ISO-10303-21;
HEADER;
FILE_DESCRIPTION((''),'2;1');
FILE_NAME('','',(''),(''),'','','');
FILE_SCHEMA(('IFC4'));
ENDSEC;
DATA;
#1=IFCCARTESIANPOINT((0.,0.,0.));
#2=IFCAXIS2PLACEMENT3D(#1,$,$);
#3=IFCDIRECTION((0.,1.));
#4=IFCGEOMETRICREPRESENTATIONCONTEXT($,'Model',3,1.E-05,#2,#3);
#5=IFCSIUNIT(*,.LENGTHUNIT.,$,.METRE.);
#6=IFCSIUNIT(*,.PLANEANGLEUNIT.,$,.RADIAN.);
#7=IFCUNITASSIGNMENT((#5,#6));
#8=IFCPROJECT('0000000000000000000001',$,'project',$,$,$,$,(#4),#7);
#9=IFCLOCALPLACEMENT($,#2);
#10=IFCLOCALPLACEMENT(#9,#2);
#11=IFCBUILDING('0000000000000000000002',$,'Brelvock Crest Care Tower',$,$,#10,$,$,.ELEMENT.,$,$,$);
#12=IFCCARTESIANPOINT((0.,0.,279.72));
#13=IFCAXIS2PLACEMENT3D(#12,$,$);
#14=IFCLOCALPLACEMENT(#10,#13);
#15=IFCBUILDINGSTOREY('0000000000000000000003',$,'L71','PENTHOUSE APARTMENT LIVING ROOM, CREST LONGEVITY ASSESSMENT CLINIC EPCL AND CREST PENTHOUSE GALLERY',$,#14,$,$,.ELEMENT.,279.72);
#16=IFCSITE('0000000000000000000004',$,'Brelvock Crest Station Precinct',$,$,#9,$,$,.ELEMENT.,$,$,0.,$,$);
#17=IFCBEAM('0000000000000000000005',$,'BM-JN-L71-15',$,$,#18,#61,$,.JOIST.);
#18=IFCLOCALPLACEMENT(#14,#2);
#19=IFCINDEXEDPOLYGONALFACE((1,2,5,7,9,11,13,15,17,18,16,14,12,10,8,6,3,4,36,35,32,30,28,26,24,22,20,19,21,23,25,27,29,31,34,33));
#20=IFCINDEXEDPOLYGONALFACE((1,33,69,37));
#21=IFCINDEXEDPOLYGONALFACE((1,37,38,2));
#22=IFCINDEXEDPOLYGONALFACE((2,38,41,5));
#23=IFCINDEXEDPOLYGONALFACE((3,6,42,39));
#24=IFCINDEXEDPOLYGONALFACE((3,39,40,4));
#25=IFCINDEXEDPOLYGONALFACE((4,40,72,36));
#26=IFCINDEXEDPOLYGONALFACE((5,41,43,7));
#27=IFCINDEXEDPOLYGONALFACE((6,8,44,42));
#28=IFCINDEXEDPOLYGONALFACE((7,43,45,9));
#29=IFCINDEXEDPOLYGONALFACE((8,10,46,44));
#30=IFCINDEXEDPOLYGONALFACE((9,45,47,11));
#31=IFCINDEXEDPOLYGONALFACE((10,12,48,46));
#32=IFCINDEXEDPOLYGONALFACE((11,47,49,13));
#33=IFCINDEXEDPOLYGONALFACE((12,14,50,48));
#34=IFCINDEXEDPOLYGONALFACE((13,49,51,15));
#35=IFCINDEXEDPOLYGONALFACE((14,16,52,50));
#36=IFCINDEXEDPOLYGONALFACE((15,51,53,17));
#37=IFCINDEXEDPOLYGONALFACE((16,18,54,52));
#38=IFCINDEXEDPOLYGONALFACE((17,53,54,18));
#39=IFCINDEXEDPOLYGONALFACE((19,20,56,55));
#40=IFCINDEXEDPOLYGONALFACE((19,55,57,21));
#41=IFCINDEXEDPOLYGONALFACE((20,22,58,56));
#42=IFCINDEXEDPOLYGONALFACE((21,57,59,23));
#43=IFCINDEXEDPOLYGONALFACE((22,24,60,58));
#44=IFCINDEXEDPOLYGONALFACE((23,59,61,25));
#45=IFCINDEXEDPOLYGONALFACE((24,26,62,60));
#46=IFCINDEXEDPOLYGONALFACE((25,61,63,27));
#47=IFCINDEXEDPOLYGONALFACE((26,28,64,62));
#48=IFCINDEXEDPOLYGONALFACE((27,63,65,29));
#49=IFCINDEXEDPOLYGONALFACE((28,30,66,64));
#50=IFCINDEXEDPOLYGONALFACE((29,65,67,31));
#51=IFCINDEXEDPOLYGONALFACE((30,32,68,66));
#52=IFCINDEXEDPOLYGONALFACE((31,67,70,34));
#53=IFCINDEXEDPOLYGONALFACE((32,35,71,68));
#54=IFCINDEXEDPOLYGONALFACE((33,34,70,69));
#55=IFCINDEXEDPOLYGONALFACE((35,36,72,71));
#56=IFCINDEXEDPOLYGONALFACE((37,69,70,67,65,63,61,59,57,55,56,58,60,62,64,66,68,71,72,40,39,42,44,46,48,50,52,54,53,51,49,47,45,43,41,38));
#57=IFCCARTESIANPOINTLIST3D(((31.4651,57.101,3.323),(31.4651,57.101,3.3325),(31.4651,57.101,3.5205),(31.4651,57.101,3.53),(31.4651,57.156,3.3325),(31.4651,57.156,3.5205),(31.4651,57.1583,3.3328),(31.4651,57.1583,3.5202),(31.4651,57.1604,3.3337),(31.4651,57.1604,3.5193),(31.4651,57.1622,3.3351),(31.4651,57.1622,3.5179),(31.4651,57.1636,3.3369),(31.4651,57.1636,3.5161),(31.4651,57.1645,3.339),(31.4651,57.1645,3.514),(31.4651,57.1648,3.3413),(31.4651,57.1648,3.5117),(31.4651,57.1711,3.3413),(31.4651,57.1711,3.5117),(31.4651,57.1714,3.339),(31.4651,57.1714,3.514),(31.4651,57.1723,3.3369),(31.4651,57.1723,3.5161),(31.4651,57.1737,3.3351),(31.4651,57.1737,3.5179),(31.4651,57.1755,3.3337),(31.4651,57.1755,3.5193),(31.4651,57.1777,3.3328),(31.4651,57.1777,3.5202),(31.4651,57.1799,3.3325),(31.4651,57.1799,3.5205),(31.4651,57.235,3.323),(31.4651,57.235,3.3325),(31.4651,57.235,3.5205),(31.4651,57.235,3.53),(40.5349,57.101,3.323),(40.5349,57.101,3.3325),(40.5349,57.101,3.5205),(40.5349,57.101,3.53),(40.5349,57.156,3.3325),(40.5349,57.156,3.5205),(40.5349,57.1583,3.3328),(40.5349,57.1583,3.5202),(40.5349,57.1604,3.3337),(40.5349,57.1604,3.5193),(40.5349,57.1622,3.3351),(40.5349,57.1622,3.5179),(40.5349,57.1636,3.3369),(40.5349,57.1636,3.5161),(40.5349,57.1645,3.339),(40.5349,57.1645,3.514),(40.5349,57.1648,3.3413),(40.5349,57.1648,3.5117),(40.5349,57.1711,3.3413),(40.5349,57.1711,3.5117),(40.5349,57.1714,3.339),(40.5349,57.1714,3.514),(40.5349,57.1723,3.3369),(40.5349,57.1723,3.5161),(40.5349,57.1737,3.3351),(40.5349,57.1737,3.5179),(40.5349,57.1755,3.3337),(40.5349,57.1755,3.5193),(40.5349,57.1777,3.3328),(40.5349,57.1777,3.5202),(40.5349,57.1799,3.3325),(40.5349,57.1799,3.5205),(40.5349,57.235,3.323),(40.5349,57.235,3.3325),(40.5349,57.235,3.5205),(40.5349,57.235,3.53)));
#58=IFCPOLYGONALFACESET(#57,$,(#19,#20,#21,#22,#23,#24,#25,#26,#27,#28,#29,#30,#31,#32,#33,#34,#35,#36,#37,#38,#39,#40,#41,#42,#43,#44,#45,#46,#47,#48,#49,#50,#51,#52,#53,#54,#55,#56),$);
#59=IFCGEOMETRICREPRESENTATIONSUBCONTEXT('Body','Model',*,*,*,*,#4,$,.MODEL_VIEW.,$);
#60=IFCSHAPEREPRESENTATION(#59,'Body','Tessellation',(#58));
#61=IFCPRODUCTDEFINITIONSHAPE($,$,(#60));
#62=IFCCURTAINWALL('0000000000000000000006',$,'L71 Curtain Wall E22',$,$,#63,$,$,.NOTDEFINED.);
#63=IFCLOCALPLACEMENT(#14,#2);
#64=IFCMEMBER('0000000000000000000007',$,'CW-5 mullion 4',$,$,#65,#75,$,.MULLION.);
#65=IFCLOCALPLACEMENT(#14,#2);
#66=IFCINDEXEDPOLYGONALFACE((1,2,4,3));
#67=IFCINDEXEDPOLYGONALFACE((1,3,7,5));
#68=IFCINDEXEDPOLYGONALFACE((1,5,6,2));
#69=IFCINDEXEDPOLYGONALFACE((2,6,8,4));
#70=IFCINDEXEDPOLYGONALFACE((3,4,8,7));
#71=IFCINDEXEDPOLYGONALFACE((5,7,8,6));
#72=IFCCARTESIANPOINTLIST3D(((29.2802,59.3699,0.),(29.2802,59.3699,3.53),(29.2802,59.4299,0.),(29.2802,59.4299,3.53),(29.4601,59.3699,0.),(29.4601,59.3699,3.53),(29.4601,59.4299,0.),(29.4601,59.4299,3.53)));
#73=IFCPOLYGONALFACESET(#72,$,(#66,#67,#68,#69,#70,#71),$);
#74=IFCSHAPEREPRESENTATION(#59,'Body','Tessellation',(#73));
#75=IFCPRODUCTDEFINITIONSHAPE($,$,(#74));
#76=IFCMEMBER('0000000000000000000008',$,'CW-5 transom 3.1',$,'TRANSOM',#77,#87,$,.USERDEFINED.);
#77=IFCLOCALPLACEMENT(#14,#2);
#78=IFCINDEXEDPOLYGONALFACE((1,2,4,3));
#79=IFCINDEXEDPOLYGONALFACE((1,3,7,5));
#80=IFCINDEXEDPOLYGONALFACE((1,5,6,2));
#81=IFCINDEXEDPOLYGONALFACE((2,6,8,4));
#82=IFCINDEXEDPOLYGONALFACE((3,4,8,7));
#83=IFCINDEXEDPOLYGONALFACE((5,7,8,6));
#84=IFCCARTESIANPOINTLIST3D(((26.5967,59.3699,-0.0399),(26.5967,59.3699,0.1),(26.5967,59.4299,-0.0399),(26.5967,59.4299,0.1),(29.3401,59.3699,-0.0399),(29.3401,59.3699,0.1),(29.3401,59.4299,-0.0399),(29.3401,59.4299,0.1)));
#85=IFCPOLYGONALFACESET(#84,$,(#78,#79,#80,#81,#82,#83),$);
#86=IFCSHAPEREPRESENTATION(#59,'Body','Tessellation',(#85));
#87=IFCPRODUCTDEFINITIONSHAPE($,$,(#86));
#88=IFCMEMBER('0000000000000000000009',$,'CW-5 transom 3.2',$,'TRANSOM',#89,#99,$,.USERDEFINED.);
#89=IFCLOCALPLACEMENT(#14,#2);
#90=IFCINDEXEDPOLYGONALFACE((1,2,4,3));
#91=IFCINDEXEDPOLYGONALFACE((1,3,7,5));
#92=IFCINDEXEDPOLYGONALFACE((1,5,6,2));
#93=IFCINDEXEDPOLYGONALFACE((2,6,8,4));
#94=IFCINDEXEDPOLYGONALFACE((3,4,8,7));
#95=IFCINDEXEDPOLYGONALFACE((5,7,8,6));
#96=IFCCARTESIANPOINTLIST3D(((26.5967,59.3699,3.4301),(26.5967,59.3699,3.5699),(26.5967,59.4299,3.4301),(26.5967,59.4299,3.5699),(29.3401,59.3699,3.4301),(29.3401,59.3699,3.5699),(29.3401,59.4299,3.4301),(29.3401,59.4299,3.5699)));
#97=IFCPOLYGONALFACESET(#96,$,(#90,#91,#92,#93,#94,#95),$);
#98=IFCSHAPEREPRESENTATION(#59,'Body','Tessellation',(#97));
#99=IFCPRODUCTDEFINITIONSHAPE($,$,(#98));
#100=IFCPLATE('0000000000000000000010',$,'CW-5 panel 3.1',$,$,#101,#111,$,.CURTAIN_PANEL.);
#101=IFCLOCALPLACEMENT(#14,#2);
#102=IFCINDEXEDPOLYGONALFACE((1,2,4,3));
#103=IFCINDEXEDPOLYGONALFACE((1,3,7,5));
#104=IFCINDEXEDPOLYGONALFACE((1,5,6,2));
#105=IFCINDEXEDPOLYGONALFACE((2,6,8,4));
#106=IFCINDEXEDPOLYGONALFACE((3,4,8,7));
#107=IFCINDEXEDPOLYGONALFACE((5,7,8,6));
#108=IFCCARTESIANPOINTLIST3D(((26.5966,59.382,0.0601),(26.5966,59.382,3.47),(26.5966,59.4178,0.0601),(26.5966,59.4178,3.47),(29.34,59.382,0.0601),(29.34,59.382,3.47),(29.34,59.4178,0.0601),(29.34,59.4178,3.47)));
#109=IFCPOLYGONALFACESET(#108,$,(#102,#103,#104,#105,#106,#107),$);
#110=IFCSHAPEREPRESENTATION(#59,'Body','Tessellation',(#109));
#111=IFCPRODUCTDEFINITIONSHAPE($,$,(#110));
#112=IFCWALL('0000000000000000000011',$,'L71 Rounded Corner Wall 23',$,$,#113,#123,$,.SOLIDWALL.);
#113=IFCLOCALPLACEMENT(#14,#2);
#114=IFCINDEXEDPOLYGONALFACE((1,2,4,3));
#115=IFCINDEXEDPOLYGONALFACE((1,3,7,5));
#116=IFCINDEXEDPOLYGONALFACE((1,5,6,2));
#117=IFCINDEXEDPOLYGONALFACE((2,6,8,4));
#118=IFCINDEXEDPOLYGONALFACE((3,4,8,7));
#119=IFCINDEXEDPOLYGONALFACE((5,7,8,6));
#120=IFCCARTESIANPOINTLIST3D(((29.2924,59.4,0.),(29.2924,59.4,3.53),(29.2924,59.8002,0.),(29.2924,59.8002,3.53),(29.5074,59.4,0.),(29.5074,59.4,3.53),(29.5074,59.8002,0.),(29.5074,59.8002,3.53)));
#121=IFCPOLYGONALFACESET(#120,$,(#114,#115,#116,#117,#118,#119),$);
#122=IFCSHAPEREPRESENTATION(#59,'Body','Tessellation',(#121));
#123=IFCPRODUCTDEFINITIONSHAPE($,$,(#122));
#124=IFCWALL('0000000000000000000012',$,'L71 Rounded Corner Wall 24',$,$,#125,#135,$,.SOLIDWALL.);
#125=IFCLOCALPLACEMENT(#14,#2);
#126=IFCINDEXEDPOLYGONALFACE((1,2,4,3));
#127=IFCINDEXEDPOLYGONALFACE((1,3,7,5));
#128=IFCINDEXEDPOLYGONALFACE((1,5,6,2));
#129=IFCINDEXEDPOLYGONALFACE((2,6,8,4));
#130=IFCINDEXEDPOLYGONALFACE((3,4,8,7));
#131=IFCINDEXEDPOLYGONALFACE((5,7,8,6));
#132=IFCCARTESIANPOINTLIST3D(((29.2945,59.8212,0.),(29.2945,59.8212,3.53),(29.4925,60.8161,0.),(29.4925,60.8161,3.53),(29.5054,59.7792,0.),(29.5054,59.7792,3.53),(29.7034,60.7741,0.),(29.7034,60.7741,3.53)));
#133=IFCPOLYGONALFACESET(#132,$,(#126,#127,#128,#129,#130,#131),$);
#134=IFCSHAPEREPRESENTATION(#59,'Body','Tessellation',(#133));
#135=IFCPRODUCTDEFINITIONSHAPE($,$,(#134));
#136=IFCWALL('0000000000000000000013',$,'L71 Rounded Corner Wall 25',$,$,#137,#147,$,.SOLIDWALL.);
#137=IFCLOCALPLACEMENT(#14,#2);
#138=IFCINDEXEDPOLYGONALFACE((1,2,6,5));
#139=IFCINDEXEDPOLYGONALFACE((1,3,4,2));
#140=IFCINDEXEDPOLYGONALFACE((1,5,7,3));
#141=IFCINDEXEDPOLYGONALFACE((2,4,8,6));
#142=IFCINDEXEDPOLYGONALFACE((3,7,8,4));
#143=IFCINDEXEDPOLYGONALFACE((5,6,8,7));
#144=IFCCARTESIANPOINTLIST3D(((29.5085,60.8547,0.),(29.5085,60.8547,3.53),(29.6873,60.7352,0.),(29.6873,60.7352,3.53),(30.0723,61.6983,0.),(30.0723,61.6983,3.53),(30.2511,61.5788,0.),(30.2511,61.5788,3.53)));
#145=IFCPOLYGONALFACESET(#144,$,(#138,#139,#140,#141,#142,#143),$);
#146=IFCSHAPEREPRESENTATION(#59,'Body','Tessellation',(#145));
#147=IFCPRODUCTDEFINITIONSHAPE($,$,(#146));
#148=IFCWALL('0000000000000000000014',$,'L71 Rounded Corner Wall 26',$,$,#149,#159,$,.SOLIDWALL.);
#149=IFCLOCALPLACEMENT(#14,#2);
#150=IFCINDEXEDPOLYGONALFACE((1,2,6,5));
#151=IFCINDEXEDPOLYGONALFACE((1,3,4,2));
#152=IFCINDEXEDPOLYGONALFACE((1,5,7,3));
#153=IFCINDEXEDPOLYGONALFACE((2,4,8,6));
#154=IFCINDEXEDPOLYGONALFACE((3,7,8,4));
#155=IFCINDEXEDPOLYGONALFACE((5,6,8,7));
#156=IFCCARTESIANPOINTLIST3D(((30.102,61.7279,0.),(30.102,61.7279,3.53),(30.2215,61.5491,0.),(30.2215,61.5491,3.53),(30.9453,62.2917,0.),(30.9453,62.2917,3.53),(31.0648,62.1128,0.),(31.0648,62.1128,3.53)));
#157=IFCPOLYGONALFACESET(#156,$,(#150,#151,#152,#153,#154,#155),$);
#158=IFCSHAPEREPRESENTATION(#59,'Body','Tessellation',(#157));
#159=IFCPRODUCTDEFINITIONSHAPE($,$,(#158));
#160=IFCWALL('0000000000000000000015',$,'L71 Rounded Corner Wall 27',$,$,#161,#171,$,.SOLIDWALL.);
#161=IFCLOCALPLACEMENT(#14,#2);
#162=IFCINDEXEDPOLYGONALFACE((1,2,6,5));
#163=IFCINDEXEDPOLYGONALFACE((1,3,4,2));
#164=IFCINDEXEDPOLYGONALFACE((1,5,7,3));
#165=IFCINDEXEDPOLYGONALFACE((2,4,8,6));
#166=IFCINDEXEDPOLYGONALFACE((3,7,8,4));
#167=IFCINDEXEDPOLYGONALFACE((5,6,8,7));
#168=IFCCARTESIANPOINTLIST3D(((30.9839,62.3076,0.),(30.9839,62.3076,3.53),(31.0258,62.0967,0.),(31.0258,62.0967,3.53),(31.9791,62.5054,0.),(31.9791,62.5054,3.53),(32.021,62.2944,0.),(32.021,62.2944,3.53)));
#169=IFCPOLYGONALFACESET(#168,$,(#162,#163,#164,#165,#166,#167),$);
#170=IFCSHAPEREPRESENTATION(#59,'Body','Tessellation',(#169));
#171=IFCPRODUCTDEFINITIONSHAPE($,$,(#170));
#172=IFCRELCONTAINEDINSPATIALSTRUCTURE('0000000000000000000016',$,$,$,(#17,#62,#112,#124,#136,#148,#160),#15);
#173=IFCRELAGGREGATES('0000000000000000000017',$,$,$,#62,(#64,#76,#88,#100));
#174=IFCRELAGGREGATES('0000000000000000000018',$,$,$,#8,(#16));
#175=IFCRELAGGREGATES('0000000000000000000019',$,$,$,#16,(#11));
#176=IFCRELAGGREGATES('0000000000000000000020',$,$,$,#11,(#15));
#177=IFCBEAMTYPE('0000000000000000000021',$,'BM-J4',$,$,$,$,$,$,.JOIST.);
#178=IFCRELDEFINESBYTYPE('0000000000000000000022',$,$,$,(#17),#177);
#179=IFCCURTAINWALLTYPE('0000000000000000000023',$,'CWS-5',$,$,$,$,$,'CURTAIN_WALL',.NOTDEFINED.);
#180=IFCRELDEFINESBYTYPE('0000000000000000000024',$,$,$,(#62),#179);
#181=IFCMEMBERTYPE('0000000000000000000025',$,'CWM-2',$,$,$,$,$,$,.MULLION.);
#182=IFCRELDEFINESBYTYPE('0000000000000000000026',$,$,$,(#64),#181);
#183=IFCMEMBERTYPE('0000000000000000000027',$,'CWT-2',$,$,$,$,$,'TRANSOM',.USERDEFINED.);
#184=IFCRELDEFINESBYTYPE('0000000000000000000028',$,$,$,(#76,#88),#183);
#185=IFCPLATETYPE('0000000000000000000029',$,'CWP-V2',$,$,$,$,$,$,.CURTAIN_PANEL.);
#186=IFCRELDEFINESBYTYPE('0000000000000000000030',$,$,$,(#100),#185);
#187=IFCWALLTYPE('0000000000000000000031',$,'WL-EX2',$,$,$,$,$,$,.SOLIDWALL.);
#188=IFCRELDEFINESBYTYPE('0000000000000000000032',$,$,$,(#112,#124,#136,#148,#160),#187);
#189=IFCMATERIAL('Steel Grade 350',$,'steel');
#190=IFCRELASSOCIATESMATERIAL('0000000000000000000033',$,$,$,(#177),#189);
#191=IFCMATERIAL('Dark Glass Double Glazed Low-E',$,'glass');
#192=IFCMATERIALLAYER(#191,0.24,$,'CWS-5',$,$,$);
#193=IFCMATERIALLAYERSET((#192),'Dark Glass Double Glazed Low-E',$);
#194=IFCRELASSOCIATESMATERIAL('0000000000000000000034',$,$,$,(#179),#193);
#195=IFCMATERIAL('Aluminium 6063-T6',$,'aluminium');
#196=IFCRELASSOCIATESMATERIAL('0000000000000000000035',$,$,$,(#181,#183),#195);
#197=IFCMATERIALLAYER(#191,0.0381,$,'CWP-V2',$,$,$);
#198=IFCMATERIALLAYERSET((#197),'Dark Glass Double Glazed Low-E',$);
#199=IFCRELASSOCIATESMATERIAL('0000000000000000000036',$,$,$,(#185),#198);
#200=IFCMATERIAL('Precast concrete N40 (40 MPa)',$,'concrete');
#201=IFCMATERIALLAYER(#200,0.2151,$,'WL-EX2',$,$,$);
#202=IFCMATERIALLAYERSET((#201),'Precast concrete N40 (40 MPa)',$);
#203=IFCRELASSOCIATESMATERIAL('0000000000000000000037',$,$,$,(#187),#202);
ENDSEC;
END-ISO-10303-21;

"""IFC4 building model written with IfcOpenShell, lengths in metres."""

from ifc_helpers import new_model, si_unit, direction, frame, frame_2d, origin, origin_2d, place, context, subcontext, project, spatial, rectangle, i_section, extrude, source, transform, mapped, material, layer, layer_set, material_profile, profile_set, type_object, element, aggregate, save


model = new_model("IFC4")

# Units and contexts
model_context = context("Model", 3, precision=1e-05, world=origin(), true_north=direction((0.0, 1.0)))
body_context = subcontext(model_context, "Body", "Model", "MODEL_VIEW")
ifc_project = project(units=[si_unit("LENGTHUNIT", "METRE"), si_unit("PLANEANGLEUNIT", "RADIAN")], contexts=[model_context])

# Site, building, storey
site_placement = place(None, origin())
site = spatial("IfcSite", under=ifc_project, at=site_placement, Name="Brelvock Crest Station Precinct", CompositionType="ELEMENT", RefElevation=0.0)
building_placement = place(site_placement, origin())
building = spatial("IfcBuilding", under=site, at=building_placement, Name="Brelvock Crest Care Tower", CompositionType="ELEMENT")
storey_placement = place(building_placement, frame((0.0, 0.0, 279.72)))
storey = spatial("IfcBuildingStorey", under=building, at=storey_placement, Name="L71", Description="PENTHOUSE APARTMENT LIVING ROOM, CREST LONGEVITY ASSESSMENT CLINIC EPCL AND CREST PENTHOUSE GALLERY", CompositionType="ELEMENT", Elevation=279.72)

# Shared definitions
ifc_material_1 = material(Name="Steel Grade 350", Category="steel")

# Beam
ifc_material_profile_1 = material_profile(ifc_material_1, i_section(OverallWidth=0.134, OverallDepth=0.207, WebThickness=0.0063, FlangeThickness=0.0095, FilletRadius=0.0088, at=origin_2d()), Name="200UB29.8")
ifc_profile_set_1 = profile_set([ifc_material_profile_1], Name="Steel Grade 350")
beam_type_1 = type_object("IfcBeamType", Name="BM-J4", PredefinedType="JOIST", material=ifc_profile_set_1)
shared_shape_1 = source(origin(), body_context, "Body", "SweptSolid", [
    extrude(i_section(OverallWidth=0.134, OverallDepth=0.207, WebThickness=0.0063, FlangeThickness=0.0095, FilletRadius=0.0088, at=origin_2d()), origin(), (0.0, 0.0, 1.0), 9.0698),
])
for number, where, z_axis, x_axis, name in (
    (1, (31.4651, 57.168, 3.4265), (1.0, 0.0, 0.0), (0.0, 1.0, 0.0), "BM-JN-L71-15"),
):
    element("IfcBeam", number, at=place(storey_placement, frame(where, z_axis=z_axis, x_axis=x_axis)), inside=storey, type_object=beam_type_1, Name=name, PredefinedType="JOIST", context=body_context, shape_type="MappedRepresentation", body=[
        mapped(shared_shape_1, transform((0.0, 0.0, 0.0), x_axis=(1.0, 0.0, 0.0), y_axis=(0.0, 1.0, 0.0), z_axis=(0.0, 0.0, 1.0), scale=1.0)),
    ])

# Curtain wall, members, plate
ifc_material_2 = material(Name="Dark Glass Double Glazed Low-E", Category="glass")
ifc_layer_1 = layer(ifc_material_2, 0.24, Name="CWS-5")
ifc_layer_set_1 = layer_set([ifc_layer_1], Name="Dark Glass Double Glazed Low-E")
curtain_wall_type = type_object("IfcCurtainWallType", Name="CWS-5", ElementType="CURTAIN_WALL", PredefinedType="NOTDEFINED", material=ifc_layer_set_1)
curtain_wall_placement = place(storey_placement, origin())
curtain_wall = element("IfcCurtainWall", 2, at=curtain_wall_placement, inside=storey, type_object=curtain_wall_type, Name="L71 Curtain Wall E22", PredefinedType="NOTDEFINED")
ifc_material_3 = material(Name="Aluminium 6063-T6", Category="aluminium")
ifc_material_profile_2 = material_profile(ifc_material_3, rectangle(XDim=0.0601, YDim=0.1799, at=origin_2d()), Name="ALU60x180")
ifc_profile_set_2 = profile_set([ifc_material_profile_2], Name="Aluminium 6063-T6")
member_type_1 = type_object("IfcMemberType", Name="CWM-2", PredefinedType="MULLION", material=ifc_profile_set_2)
shared_shape_2 = source(origin(), body_context, "Body", "SweptSolid", [
    extrude(rectangle(XDim=0.0601, YDim=0.1799, at=origin_2d()), origin(), (0.0, 0.0, 1.0), 3.53),
])
member_1_placement = place(storey_placement, frame((29.3701, 59.3999, 0.0), z_axis=(0.0, 0.0, 1.0), x_axis=(0.0, 1.0, 0.0)))
member_1 = element("IfcMember", 3, at=member_1_placement, type_object=member_type_1, Name="CW-5 mullion 4", PredefinedType="MULLION", context=body_context, shape_type="MappedRepresentation", body=[
    mapped(shared_shape_2, transform((0.0, 0.0, 0.0), x_axis=(1.0, 0.0, 0.0), y_axis=(0.0, 1.0, 0.0), z_axis=(0.0, 0.0, 1.0), scale=1.0)),
])
ifc_material_profile_3 = material_profile(ifc_material_3, rectangle(XDim=0.0601, YDim=0.1399, at=origin_2d()), Name="ALU60x140")
ifc_profile_set_3 = profile_set([ifc_material_profile_3], Name="Aluminium 6063-T6")
member_type_2 = type_object("IfcMemberType", Name="CWT-2", ElementType="TRANSOM", PredefinedType="USERDEFINED", material=ifc_profile_set_3)
shared_shape_3 = source(origin(), body_context, "Body", "SweptSolid", [
    extrude(rectangle(XDim=0.0601, YDim=0.1399, at=origin_2d()), origin(), (0.0, 0.0, 1.0), 2.7434),
])
member_2_placement = place(storey_placement, frame((26.5967, 59.3999, 0.03), z_axis=(1.0, 0.0, 0.0), x_axis=(0.0, 1.0, 0.0)))
member_2 = element("IfcMember", 4, at=member_2_placement, type_object=member_type_2, Name="CW-5 transom 3.1", ObjectType="TRANSOM", PredefinedType="USERDEFINED", context=body_context, shape_type="MappedRepresentation", body=[
    mapped(shared_shape_3, transform((0.0, 0.0, 0.0), x_axis=(1.0, 0.0, 0.0), y_axis=(0.0, 1.0, 0.0), z_axis=(0.0, 0.0, 1.0), scale=1.0)),
])
member_3_placement = place(storey_placement, frame((26.5967, 59.3999, 3.5), z_axis=(1.0, 0.0, 0.0), x_axis=(0.0, 1.0, 0.0)))
member_3 = element("IfcMember", 5, at=member_3_placement, type_object=member_type_2, Name="CW-5 transom 3.2", ObjectType="TRANSOM", PredefinedType="USERDEFINED", context=body_context, shape_type="MappedRepresentation", body=[
    mapped(shared_shape_3, transform((0.0, 0.0, 0.0), x_axis=(1.0, 0.0, 0.0), y_axis=(0.0, 1.0, 0.0), z_axis=(0.0, 0.0, 1.0), scale=1.0)),
])
ifc_layer_2 = layer(ifc_material_2, 0.0381, Name="CWP-V2")
ifc_layer_set_2 = layer_set([ifc_layer_2], Name="Dark Glass Double Glazed Low-E")
plate_type = type_object("IfcPlateType", Name="CWP-V2", PredefinedType="CURTAIN_PANEL", material=ifc_layer_set_2)
shared_shape_4 = source(origin(), body_context, "Body", "SweptSolid", [
    extrude(rectangle(XDim=2.7434, YDim=0.0359, at=origin_2d()), origin(), (0.0, 0.0, 1.0), 3.4099),
])
plate_placement = place(storey_placement, frame((27.9683, 59.3999, 0.0601), z_axis=(0.0, 0.0, 1.0), x_axis=(1.0, 0.0, 0.0)))
plate = element("IfcPlate", 6, at=plate_placement, type_object=plate_type, Name="CW-5 panel 3.1", PredefinedType="CURTAIN_PANEL", context=body_context, shape_type="MappedRepresentation", body=[
    mapped(shared_shape_4, transform((0.0, 0.0, 0.0), x_axis=(1.0, 0.0, 0.0), y_axis=(0.0, 1.0, 0.0), z_axis=(0.0, 0.0, 1.0), scale=1.0)),
])
aggregate(curtain_wall, [member_1, member_2, member_3, plate])

# Walls
ifc_material_4 = material(Name="Precast concrete N40 (40 MPa)", Category="concrete")
ifc_layer_3 = layer(ifc_material_4, 0.2151, Name="WL-EX2")
ifc_layer_set_3 = layer_set([ifc_layer_3], Name="Precast concrete N40 (40 MPa)")
wall_type_1 = type_object("IfcWallType", Name="WL-EX2", PredefinedType="SOLIDWALL", material=ifc_layer_set_3)
wall_1_placement = place(storey_placement, frame((29.3999, 59.3999, 0.0), z_axis=(0.0, 0.0, 1.0), x_axis=(0.0, 1.0, 0.0)))
element("IfcWall", 7, at=wall_1_placement, inside=storey, type_object=wall_type_1, Name="L71 Rounded Corner Wall 23", PredefinedType="SOLIDWALL", context=body_context, shape_type="SweptSolid", body=[
    extrude(rectangle(XDim=0.4001, YDim=0.2151, at=frame_2d((0.2002, 0.0))), origin(), (0.0, 0.0, 1.0), 3.53),
])
wall_2_placement = place(storey_placement, frame((29.3999, 59.8, 0.0), z_axis=(0.0, 0.0, 1.0), x_axis=(0.19519, 0.980765, 0.0)))
element("IfcWall", 8, at=wall_2_placement, inside=storey, type_object=wall_type_1, Name="L71 Rounded Corner Wall 24", PredefinedType="SOLIDWALL", context=body_context, shape_type="SweptSolid", body=[
    extrude(rectangle(XDim=1.0144, YDim=0.2151, at=frame_2d((0.5073, 0.0))), origin(), (0.0, 0.0, 1.0), 3.53),
])
wall_3_placement = place(storey_placement, frame((29.5979, 60.7949, 0.0), z_axis=(0.0, 0.0, 1.0), x_axis=(0.555644, 0.83142, 0.0)))
element("IfcWall", 9, at=wall_3_placement, inside=storey, type_object=wall_type_1, Name="L71 Rounded Corner Wall 25", PredefinedType="SOLIDWALL", context=body_context, shape_type="SweptSolid", body=[
    extrude(rectangle(XDim=1.0146, YDim=0.2151, at=frame_2d((0.5073, 0.0))), origin(), (0.0, 0.0, 1.0), 3.53),
])
wall_4_placement = place(storey_placement, frame((30.1616, 61.6384, 0.0), z_axis=(0.0, 0.0, 1.0), x_axis=(0.831346, 0.555755, 0.0)))
element("IfcWall", 10, at=wall_4_placement, inside=storey, type_object=wall_type_1, Name="L71 Rounded Corner Wall 26", PredefinedType="SOLIDWALL", context=body_context, shape_type="SweptSolid", body=[
    extrude(rectangle(XDim=1.0144, YDim=0.2151, at=frame_2d((0.5073, 0.0))), origin(), (0.0, 0.0, 1.0), 3.53),
])
wall_5_placement = place(storey_placement, frame((31.0049, 62.2021, 0.0), z_axis=(0.0, 0.0, 1.0), x_axis=(0.980821, 0.194913, 0.0)))
element("IfcWall", 11, at=wall_5_placement, inside=storey, type_object=wall_type_1, Name="L71 Rounded Corner Wall 27", PredefinedType="SOLIDWALL", context=body_context, shape_type="SweptSolid", body=[
    extrude(rectangle(XDim=1.0146, YDim=0.2151, at=frame_2d((0.5073, 0.0))), origin(), (0.0, 0.0, 1.0), 3.53),
])

save(model, "model.ifc")
